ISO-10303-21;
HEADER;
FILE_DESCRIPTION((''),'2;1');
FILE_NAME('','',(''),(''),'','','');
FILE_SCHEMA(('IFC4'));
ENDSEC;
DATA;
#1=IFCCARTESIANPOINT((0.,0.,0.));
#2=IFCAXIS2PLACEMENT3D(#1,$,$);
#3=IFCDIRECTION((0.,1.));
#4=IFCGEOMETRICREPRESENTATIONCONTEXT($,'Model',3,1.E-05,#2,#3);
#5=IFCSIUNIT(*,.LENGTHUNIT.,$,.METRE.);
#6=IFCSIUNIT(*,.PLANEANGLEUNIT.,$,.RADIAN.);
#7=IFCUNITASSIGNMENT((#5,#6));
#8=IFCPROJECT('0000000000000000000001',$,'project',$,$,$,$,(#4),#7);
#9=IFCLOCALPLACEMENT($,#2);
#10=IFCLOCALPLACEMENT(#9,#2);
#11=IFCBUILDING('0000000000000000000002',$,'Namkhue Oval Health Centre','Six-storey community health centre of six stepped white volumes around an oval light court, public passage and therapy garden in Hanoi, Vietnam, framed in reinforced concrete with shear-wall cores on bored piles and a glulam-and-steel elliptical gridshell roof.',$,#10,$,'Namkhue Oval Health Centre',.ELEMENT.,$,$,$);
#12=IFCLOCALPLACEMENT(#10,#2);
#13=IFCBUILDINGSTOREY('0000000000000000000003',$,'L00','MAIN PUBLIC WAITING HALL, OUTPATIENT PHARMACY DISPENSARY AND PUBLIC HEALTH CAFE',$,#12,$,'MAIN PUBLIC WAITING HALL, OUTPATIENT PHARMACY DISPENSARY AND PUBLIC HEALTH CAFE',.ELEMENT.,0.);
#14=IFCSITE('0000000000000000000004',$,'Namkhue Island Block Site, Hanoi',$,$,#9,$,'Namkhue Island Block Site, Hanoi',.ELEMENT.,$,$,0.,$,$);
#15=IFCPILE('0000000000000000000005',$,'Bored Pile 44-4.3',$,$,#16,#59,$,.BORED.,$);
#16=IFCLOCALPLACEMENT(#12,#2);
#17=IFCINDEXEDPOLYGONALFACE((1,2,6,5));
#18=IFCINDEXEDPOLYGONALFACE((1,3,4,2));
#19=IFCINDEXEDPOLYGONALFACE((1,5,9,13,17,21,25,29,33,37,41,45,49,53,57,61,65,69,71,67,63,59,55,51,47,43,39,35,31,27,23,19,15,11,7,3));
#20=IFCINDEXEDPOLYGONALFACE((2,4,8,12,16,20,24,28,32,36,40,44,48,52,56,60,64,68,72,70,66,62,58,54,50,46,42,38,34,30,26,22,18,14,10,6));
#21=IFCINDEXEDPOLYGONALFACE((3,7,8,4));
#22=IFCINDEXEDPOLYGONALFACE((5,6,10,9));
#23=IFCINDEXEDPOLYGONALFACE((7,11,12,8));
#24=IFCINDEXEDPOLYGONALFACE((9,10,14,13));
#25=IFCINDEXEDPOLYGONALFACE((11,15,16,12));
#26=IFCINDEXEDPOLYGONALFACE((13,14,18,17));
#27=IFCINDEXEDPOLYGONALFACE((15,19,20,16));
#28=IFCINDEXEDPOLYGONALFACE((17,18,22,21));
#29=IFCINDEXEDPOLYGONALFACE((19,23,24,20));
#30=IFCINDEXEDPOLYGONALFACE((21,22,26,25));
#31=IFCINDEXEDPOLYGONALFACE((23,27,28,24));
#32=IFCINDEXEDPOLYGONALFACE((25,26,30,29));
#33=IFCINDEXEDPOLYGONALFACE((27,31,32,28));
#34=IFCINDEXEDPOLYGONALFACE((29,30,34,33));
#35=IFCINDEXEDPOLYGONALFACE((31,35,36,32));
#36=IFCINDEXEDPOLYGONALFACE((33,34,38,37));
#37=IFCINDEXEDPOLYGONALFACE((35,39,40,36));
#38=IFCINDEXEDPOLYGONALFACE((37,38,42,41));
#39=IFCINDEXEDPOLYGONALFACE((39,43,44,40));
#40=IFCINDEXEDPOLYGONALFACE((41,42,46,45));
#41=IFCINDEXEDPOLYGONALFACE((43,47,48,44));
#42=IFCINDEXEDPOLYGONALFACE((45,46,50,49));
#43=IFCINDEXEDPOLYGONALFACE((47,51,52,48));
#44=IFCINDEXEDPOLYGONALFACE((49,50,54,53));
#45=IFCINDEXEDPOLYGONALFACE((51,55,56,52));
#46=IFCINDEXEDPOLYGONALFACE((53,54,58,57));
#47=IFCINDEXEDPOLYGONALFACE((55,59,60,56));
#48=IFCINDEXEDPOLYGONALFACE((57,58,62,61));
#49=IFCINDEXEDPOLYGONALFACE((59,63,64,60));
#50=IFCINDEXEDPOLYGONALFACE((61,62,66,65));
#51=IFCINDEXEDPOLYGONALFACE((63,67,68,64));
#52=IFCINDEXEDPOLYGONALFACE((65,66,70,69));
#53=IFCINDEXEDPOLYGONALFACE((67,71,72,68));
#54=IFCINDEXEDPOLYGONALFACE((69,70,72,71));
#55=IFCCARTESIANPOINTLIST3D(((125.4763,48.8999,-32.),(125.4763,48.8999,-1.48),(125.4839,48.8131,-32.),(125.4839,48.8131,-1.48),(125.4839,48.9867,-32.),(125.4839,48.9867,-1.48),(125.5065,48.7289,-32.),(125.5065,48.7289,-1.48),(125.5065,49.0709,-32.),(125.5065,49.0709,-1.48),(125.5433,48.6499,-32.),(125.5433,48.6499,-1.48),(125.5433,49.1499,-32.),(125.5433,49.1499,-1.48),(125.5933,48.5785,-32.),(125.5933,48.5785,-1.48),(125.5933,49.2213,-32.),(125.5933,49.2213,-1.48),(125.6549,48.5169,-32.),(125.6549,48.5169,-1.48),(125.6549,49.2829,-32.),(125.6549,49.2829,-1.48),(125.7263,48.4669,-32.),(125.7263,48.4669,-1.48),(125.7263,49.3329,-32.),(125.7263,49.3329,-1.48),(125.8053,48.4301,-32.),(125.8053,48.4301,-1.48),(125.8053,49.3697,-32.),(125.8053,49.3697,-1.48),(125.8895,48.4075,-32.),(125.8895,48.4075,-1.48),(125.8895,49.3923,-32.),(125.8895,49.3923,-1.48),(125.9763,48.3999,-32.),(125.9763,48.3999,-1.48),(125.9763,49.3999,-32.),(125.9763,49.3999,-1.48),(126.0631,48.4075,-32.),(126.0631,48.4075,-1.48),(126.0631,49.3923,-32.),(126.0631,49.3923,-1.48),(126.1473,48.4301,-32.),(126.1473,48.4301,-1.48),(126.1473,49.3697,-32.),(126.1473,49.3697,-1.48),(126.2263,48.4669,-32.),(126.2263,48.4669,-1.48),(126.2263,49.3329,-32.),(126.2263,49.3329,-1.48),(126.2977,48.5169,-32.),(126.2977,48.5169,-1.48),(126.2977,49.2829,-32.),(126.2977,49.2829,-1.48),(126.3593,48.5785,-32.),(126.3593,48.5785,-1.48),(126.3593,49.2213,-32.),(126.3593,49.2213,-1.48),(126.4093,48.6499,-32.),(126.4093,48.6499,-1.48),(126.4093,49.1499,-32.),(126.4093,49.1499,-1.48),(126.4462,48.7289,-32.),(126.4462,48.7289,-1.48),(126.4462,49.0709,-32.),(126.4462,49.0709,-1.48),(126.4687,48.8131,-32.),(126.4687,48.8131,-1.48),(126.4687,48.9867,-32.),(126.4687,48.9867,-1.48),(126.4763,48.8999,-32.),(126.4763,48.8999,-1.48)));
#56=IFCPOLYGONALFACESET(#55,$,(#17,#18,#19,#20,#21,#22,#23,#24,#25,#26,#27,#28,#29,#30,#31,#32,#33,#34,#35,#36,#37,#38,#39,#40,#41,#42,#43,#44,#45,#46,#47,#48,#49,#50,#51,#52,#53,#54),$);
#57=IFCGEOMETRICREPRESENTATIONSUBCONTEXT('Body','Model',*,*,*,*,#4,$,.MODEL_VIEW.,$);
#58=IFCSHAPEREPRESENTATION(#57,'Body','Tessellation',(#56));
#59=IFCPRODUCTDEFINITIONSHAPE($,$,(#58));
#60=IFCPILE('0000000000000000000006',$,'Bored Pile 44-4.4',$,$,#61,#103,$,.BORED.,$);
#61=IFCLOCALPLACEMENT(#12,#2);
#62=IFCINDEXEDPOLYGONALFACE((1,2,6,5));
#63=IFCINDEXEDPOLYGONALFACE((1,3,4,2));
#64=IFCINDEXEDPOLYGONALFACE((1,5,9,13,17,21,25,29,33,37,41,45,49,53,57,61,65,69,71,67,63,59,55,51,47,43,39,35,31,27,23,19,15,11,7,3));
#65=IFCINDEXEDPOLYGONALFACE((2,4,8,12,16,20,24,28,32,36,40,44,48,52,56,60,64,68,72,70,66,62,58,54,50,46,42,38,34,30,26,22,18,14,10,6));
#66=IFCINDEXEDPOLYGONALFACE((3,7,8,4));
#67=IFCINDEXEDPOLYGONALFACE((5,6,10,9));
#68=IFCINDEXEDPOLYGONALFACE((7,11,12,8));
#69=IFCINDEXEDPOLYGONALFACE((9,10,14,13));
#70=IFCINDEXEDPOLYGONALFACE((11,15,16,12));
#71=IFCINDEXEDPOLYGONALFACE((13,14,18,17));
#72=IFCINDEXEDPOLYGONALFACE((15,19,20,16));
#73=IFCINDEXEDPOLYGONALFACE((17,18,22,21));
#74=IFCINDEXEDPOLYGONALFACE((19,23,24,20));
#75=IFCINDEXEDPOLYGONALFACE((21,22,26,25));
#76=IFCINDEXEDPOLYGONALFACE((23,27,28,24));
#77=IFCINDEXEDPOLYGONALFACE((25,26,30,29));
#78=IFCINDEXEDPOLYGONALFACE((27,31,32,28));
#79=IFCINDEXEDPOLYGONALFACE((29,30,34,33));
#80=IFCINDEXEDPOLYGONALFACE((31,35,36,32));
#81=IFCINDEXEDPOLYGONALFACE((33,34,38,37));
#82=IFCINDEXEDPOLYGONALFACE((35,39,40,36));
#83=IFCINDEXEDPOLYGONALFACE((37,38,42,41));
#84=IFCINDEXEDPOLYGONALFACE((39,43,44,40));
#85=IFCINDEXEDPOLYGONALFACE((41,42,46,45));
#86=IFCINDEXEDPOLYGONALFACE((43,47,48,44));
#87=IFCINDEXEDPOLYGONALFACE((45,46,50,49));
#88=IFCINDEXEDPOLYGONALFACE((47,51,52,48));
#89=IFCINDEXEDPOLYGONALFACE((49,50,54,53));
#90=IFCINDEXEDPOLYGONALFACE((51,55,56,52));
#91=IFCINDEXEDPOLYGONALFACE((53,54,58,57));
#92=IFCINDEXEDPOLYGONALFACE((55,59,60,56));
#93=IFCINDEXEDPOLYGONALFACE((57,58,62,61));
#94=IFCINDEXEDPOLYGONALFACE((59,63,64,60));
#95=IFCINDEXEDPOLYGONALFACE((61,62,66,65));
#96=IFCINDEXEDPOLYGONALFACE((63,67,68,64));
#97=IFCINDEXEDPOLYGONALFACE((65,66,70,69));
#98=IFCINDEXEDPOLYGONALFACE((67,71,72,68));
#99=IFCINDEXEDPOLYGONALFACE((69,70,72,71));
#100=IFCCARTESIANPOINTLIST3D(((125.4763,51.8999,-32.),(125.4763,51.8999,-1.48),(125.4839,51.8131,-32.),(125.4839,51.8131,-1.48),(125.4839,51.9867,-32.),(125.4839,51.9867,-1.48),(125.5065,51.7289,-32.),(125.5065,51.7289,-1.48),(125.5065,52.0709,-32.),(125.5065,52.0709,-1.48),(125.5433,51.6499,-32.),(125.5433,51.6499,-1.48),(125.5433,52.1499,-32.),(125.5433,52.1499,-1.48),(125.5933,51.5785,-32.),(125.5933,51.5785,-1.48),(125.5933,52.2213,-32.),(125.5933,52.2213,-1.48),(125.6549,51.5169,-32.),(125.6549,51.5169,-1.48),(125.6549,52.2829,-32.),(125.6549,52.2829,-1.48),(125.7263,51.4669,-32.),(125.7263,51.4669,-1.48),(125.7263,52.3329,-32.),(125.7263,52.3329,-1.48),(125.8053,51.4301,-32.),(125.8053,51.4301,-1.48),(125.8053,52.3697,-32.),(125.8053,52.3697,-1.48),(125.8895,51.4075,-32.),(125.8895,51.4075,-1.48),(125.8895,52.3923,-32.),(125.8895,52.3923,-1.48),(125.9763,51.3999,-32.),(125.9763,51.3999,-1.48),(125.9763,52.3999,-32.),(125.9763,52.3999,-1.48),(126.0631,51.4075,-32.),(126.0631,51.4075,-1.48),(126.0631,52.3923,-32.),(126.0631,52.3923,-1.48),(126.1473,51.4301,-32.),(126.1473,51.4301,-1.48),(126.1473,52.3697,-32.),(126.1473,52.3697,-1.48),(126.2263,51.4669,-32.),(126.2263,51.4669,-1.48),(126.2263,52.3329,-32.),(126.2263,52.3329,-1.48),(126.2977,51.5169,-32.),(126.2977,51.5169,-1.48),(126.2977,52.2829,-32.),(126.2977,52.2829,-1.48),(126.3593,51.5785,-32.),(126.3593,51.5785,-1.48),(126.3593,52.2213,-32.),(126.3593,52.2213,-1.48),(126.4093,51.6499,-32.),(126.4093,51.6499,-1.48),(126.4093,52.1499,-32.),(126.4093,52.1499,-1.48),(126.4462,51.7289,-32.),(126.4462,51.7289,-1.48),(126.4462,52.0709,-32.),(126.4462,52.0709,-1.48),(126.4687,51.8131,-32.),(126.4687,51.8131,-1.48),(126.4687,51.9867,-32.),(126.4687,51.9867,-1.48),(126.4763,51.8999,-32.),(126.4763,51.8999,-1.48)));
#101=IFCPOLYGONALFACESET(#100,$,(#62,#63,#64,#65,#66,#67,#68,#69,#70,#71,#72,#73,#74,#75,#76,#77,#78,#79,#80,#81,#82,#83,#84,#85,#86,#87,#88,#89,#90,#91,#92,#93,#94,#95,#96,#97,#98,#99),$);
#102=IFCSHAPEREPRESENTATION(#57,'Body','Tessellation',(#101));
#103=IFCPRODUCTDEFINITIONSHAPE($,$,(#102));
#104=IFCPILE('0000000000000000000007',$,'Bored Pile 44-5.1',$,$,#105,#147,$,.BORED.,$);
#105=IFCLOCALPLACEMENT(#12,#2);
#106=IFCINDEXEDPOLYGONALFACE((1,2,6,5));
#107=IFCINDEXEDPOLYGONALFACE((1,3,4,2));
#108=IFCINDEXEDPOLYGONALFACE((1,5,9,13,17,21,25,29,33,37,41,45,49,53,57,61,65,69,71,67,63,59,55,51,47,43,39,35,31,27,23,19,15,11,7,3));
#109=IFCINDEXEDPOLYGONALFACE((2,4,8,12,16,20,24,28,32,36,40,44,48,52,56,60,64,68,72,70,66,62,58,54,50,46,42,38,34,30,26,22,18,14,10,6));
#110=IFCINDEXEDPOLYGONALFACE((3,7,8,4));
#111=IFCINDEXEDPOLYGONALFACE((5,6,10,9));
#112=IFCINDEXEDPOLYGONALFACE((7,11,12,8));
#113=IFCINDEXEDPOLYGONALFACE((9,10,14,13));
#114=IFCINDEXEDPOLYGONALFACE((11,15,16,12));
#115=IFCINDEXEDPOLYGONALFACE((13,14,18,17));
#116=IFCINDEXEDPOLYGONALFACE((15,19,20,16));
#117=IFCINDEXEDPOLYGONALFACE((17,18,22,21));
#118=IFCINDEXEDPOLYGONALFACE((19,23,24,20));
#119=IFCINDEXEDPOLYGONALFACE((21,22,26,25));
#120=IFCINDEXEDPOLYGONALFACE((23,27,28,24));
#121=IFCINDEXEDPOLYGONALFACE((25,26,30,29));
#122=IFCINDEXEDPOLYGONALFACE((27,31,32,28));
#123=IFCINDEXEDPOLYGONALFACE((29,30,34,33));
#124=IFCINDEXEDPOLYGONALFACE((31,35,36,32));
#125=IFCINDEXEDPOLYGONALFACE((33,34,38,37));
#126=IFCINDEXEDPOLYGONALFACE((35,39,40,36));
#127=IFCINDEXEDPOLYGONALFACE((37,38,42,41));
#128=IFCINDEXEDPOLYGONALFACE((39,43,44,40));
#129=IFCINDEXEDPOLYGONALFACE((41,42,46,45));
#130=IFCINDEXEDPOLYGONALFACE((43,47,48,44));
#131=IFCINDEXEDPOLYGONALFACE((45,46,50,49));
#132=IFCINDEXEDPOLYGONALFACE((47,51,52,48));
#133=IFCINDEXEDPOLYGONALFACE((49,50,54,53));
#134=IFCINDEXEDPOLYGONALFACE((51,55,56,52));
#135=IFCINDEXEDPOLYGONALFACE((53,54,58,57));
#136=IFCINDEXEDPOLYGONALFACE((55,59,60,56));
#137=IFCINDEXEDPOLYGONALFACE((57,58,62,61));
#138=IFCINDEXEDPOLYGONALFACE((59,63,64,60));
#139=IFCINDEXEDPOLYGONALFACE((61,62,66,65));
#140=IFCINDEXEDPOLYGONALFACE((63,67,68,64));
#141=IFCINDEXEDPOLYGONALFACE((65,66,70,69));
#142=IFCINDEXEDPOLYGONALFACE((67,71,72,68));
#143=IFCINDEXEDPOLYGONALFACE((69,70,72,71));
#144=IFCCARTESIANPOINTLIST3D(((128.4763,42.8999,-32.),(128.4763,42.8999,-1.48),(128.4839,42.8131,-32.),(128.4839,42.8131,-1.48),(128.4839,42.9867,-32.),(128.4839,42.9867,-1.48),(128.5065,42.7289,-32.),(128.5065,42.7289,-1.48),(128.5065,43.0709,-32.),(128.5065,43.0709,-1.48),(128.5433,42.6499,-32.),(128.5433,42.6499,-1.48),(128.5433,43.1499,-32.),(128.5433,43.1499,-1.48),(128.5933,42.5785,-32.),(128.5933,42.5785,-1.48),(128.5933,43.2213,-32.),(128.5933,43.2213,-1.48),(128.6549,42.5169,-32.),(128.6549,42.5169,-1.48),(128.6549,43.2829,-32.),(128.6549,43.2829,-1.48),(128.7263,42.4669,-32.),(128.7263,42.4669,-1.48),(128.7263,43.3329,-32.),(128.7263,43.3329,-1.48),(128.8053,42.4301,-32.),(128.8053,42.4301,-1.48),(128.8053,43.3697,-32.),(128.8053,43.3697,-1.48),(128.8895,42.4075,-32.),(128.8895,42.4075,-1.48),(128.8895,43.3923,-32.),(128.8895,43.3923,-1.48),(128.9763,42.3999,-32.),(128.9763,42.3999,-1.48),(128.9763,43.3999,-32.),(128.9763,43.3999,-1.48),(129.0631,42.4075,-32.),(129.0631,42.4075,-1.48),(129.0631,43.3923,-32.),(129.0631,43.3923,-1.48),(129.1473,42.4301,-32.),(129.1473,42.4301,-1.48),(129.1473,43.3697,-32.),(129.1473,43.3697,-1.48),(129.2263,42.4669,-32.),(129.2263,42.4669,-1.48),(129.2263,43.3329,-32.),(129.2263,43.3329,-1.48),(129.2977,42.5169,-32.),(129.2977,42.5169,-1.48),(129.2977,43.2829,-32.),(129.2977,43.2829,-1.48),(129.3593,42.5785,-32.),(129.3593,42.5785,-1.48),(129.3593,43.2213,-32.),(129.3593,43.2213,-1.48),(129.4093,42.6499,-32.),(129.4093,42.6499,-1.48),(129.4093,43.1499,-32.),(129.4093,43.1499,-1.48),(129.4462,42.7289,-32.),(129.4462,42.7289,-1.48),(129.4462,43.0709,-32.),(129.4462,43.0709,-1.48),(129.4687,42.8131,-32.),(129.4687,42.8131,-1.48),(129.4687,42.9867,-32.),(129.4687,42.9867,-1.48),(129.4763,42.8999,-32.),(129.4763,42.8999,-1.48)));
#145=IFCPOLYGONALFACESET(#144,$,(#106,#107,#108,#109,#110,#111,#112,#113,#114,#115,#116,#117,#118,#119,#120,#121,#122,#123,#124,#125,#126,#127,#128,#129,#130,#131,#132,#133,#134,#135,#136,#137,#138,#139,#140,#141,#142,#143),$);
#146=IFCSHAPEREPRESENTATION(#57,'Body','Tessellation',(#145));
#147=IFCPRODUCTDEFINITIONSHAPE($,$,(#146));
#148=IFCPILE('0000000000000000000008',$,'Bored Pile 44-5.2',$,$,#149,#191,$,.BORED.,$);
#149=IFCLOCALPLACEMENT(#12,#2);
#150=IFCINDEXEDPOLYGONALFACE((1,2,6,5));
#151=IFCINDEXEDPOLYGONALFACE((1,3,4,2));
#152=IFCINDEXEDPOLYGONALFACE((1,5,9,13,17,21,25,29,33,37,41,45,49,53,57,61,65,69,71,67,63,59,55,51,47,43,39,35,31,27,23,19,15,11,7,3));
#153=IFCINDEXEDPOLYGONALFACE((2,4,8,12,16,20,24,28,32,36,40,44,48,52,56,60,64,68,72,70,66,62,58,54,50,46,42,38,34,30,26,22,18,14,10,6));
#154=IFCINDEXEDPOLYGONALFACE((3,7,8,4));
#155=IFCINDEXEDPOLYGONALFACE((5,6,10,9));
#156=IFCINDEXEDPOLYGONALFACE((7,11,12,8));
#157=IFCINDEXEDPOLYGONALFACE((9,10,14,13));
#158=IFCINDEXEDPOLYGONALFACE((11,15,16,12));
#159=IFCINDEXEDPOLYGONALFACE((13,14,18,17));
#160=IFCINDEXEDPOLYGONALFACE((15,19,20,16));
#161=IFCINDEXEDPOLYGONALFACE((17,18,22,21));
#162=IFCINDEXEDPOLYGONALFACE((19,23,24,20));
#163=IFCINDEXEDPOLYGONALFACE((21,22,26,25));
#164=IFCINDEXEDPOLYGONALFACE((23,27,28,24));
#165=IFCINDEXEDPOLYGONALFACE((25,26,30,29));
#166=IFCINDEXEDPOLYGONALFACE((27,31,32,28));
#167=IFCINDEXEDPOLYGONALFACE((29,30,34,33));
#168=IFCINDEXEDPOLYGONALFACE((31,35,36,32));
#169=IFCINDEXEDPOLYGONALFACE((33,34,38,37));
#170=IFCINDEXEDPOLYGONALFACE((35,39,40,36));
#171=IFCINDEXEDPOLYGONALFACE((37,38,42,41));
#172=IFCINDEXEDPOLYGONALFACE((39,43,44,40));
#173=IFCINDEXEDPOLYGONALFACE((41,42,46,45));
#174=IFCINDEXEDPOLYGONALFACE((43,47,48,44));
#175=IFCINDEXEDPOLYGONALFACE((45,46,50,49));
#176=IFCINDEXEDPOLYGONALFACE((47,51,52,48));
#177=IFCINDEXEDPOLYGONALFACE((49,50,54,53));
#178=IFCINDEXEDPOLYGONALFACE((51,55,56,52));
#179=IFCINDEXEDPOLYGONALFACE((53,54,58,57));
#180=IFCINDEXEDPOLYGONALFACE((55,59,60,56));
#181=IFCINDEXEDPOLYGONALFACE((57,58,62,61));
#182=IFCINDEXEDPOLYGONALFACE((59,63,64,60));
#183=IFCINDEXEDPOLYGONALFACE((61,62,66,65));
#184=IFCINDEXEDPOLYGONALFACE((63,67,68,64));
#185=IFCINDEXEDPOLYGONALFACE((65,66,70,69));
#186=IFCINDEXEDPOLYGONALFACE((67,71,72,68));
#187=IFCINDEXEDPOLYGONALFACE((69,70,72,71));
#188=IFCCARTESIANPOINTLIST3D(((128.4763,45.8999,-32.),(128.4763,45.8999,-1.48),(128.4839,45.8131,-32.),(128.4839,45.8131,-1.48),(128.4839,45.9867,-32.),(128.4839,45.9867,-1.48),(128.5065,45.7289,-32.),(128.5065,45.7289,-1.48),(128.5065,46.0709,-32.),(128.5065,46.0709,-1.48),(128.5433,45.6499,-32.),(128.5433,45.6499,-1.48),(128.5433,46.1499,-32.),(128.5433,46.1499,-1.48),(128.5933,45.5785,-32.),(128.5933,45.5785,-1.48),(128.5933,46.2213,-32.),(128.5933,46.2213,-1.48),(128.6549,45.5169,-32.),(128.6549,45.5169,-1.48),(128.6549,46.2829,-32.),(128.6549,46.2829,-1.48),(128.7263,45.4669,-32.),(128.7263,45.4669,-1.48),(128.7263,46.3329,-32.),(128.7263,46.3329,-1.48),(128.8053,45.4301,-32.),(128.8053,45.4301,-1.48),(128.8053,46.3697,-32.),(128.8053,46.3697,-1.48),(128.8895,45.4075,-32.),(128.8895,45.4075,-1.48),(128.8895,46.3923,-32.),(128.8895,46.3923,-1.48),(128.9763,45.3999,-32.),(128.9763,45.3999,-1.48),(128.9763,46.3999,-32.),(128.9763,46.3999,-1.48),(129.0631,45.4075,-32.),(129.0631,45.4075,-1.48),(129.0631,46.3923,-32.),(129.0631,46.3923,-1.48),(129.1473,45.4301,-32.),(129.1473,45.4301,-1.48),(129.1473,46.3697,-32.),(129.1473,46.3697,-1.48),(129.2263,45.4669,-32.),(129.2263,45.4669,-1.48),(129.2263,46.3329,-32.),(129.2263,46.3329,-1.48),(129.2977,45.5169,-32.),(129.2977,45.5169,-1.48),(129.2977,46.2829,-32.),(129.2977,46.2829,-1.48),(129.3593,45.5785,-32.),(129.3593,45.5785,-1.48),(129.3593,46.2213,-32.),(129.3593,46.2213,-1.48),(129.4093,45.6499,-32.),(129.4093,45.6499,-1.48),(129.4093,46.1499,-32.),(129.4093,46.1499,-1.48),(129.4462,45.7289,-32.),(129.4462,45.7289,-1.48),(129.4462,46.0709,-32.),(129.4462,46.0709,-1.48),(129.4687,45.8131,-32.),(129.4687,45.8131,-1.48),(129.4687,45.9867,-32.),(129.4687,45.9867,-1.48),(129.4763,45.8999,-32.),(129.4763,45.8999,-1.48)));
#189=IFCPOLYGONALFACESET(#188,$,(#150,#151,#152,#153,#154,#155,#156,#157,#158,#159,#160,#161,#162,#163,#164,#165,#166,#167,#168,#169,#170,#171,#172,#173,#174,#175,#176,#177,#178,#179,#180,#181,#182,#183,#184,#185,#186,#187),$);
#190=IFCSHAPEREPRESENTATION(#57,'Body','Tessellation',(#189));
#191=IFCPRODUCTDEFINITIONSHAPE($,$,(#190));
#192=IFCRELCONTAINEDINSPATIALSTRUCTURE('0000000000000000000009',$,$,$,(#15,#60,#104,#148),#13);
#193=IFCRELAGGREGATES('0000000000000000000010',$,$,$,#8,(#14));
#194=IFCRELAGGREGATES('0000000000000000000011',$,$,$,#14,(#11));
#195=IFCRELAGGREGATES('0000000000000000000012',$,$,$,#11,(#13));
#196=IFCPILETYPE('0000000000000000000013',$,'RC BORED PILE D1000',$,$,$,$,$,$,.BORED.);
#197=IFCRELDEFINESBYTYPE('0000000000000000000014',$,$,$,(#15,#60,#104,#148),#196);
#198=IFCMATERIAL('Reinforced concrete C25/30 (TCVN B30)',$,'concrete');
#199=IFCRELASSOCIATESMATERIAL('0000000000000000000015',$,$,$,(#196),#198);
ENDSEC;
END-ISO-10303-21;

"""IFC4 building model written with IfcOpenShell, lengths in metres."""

from ifc_helpers import new_model, si_unit, direction, frame, origin, origin_2d, place, context, subcontext, project, spatial, circle, extrude, material, material_profile, profile_set, type_object, element, save


model = new_model("IFC4")

# Units and contexts
model_context = context("Model", 3, precision=1e-05, world=origin(), true_north=direction((0.0, 1.0)))
body_context = subcontext(model_context, "Body", "Model", "MODEL_VIEW")
ifc_project = project(units=[si_unit("LENGTHUNIT", "METRE"), si_unit("PLANEANGLEUNIT", "RADIAN")], contexts=[model_context])

# Site, building, storey
site_placement = place(None, origin())
site = spatial("IfcSite", under=ifc_project, at=site_placement, Name="Namkhue Island Block Site, Hanoi", LongName="Namkhue Island Block Site, Hanoi", CompositionType="ELEMENT", RefElevation=0.0)
building_placement = place(site_placement, origin())
building = spatial("IfcBuilding", under=site, at=building_placement, Name="Namkhue Oval Health Centre", Description="Six-storey community health centre of six stepped white volumes around an oval light court, public passage and therapy garden in Hanoi, Vietnam, framed in reinforced concrete with shear-wall cores on bored piles and a glulam-and-steel elliptical gridshell roof.", LongName="Namkhue Oval Health Centre", CompositionType="ELEMENT")
storey_placement = place(building_placement, origin())
storey = spatial("IfcBuildingStorey", under=building, at=storey_placement, Name="L00", Description="MAIN PUBLIC WAITING HALL, OUTPATIENT PHARMACY DISPENSARY AND PUBLIC HEALTH CAFE", LongName="MAIN PUBLIC WAITING HALL, OUTPATIENT PHARMACY DISPENSARY AND PUBLIC HEALTH CAFE", CompositionType="ELEMENT", Elevation=0.0)

# Piles
ifc_material_1 = material(Name="Reinforced concrete C25/30 (TCVN B30)", Category="concrete")
ifc_material_profile_1 = material_profile(ifc_material_1, circle(Radius=0.5, at=origin_2d()), Name="BORED PILE D1000")
ifc_profile_set_1 = profile_set([ifc_material_profile_1], Name="Reinforced concrete C25/30 (TCVN B30)")
pile_type_1 = type_object("IfcPileType", Name="RC BORED PILE D1000", PredefinedType="BORED", material=ifc_profile_set_1)
for number, where, z_axis, x_axis, name in (
    (1, (125.9763, 48.8999, -1.48), (0.0, 0.0, -1.0), (1.0, 0.0, 0.0), "Bored Pile 44-4.3"),
    (2, (125.9763, 51.8999, -1.48), (0.0, 0.0, -1.0), (1.0, 0.0, 0.0), "Bored Pile 44-4.4"),
    (3, (128.9763, 42.8999, -1.48), (0.0, 0.0, -1.0), (1.0, 0.0, 0.0), "Bored Pile 44-5.1"),
    (4, (128.9763, 45.8999, -1.48), (0.0, 0.0, -1.0), (1.0, 0.0, 0.0), "Bored Pile 44-5.2"),
):
    element("IfcPile", number, at=place(storey_placement, frame(where, z_axis=z_axis, x_axis=x_axis)), inside=storey, type_object=pile_type_1, Name=name, PredefinedType="BORED", context=body_context, shape_type="SweptSolid", body=[
        extrude(circle(Radius=0.5, at=origin_2d()), origin(), (0.0, 0.0, 1.0), 30.52),
    ])

save(model, "model.ifc")
